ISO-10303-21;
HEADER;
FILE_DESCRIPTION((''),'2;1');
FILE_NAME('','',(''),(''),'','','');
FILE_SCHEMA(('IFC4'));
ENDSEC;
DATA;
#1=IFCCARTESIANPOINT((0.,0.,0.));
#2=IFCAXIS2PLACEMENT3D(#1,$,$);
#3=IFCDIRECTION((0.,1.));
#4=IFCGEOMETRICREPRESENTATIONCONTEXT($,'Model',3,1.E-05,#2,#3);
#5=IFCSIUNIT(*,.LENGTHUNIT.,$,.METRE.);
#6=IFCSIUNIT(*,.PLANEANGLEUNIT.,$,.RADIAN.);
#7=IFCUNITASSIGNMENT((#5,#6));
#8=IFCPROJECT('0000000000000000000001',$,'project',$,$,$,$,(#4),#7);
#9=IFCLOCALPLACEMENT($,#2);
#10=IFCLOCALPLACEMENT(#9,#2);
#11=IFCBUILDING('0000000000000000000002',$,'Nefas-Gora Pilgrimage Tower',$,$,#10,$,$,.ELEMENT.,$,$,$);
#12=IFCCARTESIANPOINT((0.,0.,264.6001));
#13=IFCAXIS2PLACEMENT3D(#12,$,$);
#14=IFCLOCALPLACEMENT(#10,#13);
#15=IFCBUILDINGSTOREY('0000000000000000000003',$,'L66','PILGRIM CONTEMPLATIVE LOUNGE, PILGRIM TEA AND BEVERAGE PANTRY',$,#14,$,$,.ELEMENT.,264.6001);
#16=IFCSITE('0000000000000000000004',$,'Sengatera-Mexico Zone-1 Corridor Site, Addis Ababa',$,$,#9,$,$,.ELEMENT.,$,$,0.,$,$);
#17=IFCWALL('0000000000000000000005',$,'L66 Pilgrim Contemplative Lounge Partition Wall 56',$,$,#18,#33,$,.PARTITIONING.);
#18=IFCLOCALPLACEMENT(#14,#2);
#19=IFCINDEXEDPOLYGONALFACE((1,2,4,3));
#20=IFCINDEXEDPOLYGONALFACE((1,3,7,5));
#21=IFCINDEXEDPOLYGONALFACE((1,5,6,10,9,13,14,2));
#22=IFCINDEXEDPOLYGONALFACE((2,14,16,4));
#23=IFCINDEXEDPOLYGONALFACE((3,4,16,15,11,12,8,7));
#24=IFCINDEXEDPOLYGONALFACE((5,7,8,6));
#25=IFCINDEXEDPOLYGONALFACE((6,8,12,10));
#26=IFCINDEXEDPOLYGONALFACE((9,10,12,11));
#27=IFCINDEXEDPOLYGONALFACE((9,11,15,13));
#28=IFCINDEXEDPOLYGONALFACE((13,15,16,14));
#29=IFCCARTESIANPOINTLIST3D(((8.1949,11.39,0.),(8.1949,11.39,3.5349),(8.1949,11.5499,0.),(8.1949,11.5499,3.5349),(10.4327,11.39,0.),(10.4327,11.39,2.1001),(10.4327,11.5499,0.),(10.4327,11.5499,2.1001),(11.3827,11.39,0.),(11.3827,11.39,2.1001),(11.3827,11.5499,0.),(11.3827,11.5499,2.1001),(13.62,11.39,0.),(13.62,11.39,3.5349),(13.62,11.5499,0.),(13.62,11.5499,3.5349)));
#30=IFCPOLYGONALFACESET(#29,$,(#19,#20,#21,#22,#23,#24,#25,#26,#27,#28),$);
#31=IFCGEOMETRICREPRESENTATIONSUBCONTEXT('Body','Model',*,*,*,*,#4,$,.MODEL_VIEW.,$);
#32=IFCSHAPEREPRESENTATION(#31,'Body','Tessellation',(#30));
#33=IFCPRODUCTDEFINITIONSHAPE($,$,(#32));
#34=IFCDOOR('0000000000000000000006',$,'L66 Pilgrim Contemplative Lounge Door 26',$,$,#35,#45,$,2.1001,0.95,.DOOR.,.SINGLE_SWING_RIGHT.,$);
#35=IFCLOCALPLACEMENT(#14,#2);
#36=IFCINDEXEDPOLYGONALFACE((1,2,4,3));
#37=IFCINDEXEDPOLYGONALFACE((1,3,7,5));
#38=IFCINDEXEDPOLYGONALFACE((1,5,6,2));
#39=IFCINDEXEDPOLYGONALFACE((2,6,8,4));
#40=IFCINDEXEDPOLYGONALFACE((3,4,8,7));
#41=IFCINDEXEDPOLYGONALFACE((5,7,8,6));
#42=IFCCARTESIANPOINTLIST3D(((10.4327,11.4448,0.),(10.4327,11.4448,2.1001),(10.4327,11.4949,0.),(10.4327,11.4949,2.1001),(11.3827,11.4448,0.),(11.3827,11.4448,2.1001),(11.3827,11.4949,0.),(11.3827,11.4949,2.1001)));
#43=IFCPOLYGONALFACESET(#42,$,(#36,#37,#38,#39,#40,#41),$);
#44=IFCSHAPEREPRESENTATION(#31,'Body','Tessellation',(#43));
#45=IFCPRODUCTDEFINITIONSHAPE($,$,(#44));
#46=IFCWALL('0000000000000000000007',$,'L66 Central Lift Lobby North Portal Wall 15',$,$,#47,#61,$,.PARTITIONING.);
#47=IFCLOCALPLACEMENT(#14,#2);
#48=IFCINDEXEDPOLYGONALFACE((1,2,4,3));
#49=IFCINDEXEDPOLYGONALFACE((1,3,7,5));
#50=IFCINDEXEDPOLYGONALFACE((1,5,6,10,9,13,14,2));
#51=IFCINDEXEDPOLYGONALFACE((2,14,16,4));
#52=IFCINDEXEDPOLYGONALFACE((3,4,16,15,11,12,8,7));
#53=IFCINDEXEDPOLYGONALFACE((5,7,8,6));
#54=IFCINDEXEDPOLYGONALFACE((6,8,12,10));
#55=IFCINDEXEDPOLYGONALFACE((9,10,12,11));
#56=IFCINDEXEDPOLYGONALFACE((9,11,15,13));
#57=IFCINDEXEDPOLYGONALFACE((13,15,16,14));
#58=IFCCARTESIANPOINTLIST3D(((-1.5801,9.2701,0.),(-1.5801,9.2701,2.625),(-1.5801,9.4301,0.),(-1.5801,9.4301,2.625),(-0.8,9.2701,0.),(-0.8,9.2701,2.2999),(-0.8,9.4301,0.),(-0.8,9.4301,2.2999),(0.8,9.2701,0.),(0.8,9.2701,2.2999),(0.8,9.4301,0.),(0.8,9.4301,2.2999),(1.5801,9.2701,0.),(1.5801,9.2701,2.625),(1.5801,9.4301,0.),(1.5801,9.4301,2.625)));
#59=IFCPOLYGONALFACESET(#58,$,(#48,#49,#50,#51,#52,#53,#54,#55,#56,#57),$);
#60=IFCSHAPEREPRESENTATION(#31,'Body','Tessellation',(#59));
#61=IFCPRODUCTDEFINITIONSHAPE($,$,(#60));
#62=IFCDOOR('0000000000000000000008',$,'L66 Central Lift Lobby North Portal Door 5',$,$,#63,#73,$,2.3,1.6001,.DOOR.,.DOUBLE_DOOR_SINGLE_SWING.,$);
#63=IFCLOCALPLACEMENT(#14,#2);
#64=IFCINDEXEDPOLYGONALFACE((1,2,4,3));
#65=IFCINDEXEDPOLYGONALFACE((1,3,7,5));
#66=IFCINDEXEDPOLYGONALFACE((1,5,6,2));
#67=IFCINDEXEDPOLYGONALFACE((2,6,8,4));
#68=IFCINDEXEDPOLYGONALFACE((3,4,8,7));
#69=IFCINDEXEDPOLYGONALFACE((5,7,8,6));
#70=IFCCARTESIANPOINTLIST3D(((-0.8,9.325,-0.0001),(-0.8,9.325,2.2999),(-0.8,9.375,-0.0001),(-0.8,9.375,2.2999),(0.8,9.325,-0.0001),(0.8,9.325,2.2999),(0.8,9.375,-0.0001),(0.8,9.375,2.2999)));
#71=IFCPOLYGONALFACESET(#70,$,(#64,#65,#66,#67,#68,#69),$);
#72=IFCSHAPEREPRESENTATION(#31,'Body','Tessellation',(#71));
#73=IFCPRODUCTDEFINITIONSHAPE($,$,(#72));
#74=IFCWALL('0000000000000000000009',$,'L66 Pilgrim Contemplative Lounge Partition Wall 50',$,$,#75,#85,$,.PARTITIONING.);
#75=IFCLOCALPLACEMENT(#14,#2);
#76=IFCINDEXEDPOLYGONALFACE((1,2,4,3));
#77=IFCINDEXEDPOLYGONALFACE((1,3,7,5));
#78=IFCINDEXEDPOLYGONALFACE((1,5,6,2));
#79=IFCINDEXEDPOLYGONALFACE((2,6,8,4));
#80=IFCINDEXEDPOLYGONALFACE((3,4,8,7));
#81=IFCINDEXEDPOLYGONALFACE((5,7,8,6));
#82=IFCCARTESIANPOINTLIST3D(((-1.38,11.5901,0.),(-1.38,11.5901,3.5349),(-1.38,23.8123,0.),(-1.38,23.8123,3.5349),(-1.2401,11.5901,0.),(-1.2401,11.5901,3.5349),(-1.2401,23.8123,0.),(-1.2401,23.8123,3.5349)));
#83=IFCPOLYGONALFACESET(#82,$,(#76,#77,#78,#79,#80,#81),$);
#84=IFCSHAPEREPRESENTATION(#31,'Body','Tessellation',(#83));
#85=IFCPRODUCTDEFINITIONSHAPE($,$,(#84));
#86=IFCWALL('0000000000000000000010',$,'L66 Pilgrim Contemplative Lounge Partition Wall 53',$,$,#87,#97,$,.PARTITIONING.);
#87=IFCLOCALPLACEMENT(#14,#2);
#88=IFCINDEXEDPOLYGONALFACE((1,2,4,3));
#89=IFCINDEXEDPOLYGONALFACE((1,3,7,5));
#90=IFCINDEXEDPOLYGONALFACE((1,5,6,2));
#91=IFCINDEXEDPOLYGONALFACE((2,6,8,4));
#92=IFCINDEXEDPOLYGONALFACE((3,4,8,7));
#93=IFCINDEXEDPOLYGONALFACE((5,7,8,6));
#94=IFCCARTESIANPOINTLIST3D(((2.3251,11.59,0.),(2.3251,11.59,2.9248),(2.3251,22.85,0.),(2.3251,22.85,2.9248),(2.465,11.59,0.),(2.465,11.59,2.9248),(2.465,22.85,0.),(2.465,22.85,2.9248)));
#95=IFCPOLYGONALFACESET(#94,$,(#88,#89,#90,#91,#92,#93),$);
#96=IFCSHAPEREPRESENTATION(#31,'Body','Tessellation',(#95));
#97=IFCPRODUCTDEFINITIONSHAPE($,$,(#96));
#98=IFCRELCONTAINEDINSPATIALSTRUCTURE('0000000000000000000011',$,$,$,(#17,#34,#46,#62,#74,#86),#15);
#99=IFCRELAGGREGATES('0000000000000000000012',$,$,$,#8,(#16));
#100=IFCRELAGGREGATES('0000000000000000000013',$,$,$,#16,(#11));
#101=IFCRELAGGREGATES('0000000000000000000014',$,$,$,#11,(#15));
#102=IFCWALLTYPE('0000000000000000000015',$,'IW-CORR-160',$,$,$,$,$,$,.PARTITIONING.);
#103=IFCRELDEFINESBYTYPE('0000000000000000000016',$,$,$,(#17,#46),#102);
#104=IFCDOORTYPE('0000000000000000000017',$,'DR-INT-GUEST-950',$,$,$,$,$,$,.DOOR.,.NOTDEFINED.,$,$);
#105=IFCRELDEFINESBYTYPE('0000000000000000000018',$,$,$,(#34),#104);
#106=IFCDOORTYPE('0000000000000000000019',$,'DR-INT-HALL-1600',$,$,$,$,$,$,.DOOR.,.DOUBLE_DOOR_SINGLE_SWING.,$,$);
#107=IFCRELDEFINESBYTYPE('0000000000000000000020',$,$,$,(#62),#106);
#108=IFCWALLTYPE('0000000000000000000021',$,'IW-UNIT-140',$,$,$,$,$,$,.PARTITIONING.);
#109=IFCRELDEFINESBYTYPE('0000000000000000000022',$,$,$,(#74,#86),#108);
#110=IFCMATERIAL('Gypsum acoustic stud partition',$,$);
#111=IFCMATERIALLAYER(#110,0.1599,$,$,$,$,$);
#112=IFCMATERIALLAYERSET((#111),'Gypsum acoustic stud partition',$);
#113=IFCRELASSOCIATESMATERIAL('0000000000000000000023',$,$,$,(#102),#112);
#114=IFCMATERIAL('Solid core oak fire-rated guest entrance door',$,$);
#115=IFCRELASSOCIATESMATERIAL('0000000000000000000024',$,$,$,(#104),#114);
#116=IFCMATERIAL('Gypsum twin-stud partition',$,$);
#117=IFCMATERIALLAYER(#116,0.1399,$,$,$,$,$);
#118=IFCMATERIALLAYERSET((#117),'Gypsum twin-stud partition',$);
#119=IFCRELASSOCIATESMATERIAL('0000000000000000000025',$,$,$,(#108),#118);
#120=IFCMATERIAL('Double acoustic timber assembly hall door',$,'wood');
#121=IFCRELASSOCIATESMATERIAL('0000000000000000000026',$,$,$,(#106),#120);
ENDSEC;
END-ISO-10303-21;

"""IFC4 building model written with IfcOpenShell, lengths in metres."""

from ifc_helpers import new_model, si_unit, direction, frame, frame_2d, origin, place, context, subcontext, project, spatial, rectangle, extrude, source, transform, mapped, material, layer, layer_set, type_object, element, fill, save


model = new_model("IFC4")

# Units and contexts
model_context = context("Model", 3, precision=1e-05, world=origin(), true_north=direction((0.0, 1.0)))
body_context = subcontext(model_context, "Body", "Model", "MODEL_VIEW")
ifc_project = project(units=[si_unit("LENGTHUNIT", "METRE"), si_unit("PLANEANGLEUNIT", "RADIAN")], contexts=[model_context])

# Site, building, storey
site_placement = place(None, origin())
site = spatial("IfcSite", under=ifc_project, at=site_placement, Name="Sengatera-Mexico Zone-1 Corridor Site, Addis Ababa", CompositionType="ELEMENT", RefElevation=0.0)
building_placement = place(site_placement, origin())
building = spatial("IfcBuilding", under=site, at=building_placement, Name="Nefas-Gora Pilgrimage Tower", CompositionType="ELEMENT")
storey_placement = place(building_placement, frame((0.0, 0.0, 264.6001)))
storey = spatial("IfcBuildingStorey", under=building, at=storey_placement, Name="L66", Description="PILGRIM CONTEMPLATIVE LOUNGE, PILGRIM TEA AND BEVERAGE PANTRY", CompositionType="ELEMENT", Elevation=264.6001)

# Shared definitions
ifc_material_1 = material(Name="Gypsum acoustic stud partition")
ifc_layer_1 = layer(ifc_material_1, 0.1599)
ifc_layer_set_1 = layer_set([ifc_layer_1], Name="Gypsum acoustic stud partition")
wall_type_1 = type_object("IfcWallType", Name="IW-CORR-160", PredefinedType="PARTITIONING", material=ifc_layer_set_1)
ifc_material_2 = material(Name="Solid core oak fire-rated guest entrance door")
door_type_1 = type_object("IfcDoorType", Name="DR-INT-GUEST-950", OperationType="NOTDEFINED", PredefinedType="DOOR", material=ifc_material_2)
shared_shape_1 = source(origin(), body_context, "Body", "SweptSolid", [
    extrude(rectangle(XDim=0.95, YDim=2.1001, at=frame_2d((0.4751, 1.05))), frame((0.0, 0.0249, 0.0), z_axis=(0.0, -1.0, 0.0), x_axis=(1.0, 0.0, 0.0)), (0.0, 0.0, 1.0), 0.05),
])

# Shared definitions
ifc_material_3 = material(Name="Gypsum twin-stud partition")
ifc_layer_2 = layer(ifc_material_3, 0.1399)
ifc_layer_set_2 = layer_set([ifc_layer_2], Name="Gypsum twin-stud partition")
wall_type_2 = type_object("IfcWallType", Name="IW-UNIT-140", PredefinedType="PARTITIONING", material=ifc_layer_set_2)

# Walls, openings, doors
shared_shape_2 = source(origin(), body_context, "Body", "SweptSolid", [
    extrude(rectangle(XDim=5.425, YDim=0.1599, at=frame_2d((2.7124, 0.0))), origin(), (0.0, 0.0, 1.0), 3.5349),
])
wall_1_placement = place(storey_placement, frame((8.1951, 11.47, 0.0), z_axis=(0.0, 0.0, 1.0), x_axis=(1.0, 0.0, 0.0)))
wall_1 = element("IfcWall", 1, at=wall_1_placement, inside=storey, type_object=wall_type_1, Name="L66 Pilgrim Contemplative Lounge Partition Wall 56", PredefinedType="PARTITIONING", context=body_context, shape_type="MappedRepresentation", body=[
    mapped(shared_shape_2, transform((0.0, 0.0, 0.0), x_axis=(1.0, 0.0, 0.0), y_axis=(0.0, 1.0, 0.0), z_axis=(0.0, 0.0, 1.0), scale=1.0)),
])
opening_1_placement = place(wall_1_placement, frame((2.2375, 0.0, 0.0)))
opening_1 = element("IfcOpeningElement", 2, at=opening_1_placement, cuts=wall_1, PredefinedType="OPENING", context=body_context, shape_type="SweptSolid", body=[
    extrude(rectangle(XDim=0.95, YDim=2.1001, at=frame_2d((0.4751, 1.05))), frame((0.0, 0.0898, 0.0), z_axis=(0.0, -1.0, 0.0), x_axis=(1.0, 0.0, 0.0)), (0.0, 0.0, 1.0), 0.1799),
])
door_1_placement = place(opening_1_placement, origin())
door_1 = element("IfcDoor", 3, at=door_1_placement, inside=storey, type_object=door_type_1, Name="L66 Pilgrim Contemplative Lounge Door 26", OperationType="SINGLE_SWING_RIGHT", OverallHeight=2.1001, OverallWidth=0.95, PredefinedType="DOOR", context=body_context, shape_type="MappedRepresentation", body=[
    mapped(shared_shape_1, transform((0.0, 0.0, 0.0), x_axis=(1.0, 0.0, 0.0), y_axis=(0.0, 1.0, 0.0), z_axis=(0.0, 0.0, 1.0), scale=1.0)),
])
fill(opening_1, door_1)
shared_shape_3 = source(origin(), body_context, "Body", "SweptSolid", [
    extrude(rectangle(XDim=3.1602, YDim=0.1599, at=frame_2d((1.5801, 0.0))), origin(), (0.0, 0.0, 1.0), 2.625),
])
wall_2_placement = place(storey_placement, frame((-1.5801, 9.3501, 0.0), z_axis=(0.0, 0.0, 1.0), x_axis=(1.0, 0.0, 0.0)))
wall_2 = element("IfcWall", 4, at=wall_2_placement, inside=storey, type_object=wall_type_1, Name="L66 Central Lift Lobby North Portal Wall 15", PredefinedType="PARTITIONING", context=body_context, shape_type="MappedRepresentation", body=[
    mapped(shared_shape_3, transform((0.0, 0.0, 0.0), x_axis=(1.0, 0.0, 0.0), y_axis=(0.0, 1.0, 0.0), z_axis=(0.0, 0.0, 1.0), scale=1.0)),
])
opening_2_placement = place(wall_2_placement, frame((0.78, 0.0, 0.0)))
opening_2 = element("IfcOpeningElement", 5, at=opening_2_placement, cuts=wall_2, PredefinedType="OPENING", context=body_context, shape_type="SweptSolid", body=[
    extrude(rectangle(XDim=1.6001, YDim=2.3, at=frame_2d((0.8, 1.1499))), frame((0.0, 0.0898, 0.0), z_axis=(0.0, -1.0, 0.0), x_axis=(1.0, 0.0, 0.0)), (0.0, 0.0, 1.0), 0.1799),
])
ifc_material_4 = material(Name="Double acoustic timber assembly hall door", Category="wood")
door_type_2 = type_object("IfcDoorType", Name="DR-INT-HALL-1600", OperationType="DOUBLE_DOOR_SINGLE_SWING", PredefinedType="DOOR", material=ifc_material_4)
shared_shape_4 = source(origin(), body_context, "Body", "SweptSolid", [
    extrude(rectangle(XDim=1.6001, YDim=2.3, at=frame_2d((0.8, 1.1499))), frame((0.0, 0.0249, 0.0), z_axis=(0.0, -1.0, 0.0), x_axis=(1.0, 0.0, 0.0)), (0.0, 0.0, 1.0), 0.05),
])
door_2_placement = place(opening_2_placement, origin())
door_2 = element("IfcDoor", 6, at=door_2_placement, inside=storey, type_object=door_type_2, Name="L66 Central Lift Lobby North Portal Door 5", OperationType="DOUBLE_DOOR_SINGLE_SWING", OverallHeight=2.3, OverallWidth=1.6001, PredefinedType="DOOR", context=body_context, shape_type="MappedRepresentation", body=[
    mapped(shared_shape_4, transform((0.0, 0.0, 0.0), x_axis=(1.0, 0.0, 0.0), y_axis=(0.0, 1.0, 0.0), z_axis=(0.0, 0.0, 1.0), scale=1.0)),
])
fill(opening_2, door_2)

# Walls
shared_shape_5 = source(origin(), body_context, "Body", "SweptSolid", [
    extrude(rectangle(XDim=12.2222, YDim=0.1399, at=frame_2d((6.1111, 0.0))), origin(), (0.0, 0.0, 1.0), 3.5349),
])
wall_3_placement = place(storey_placement, frame((-1.3101, 11.5901, 0.0), z_axis=(0.0, 0.0, 1.0), x_axis=(0.0, 1.0, 0.0)))
element("IfcWall", 7, at=wall_3_placement, inside=storey, type_object=wall_type_2, Name="L66 Pilgrim Contemplative Lounge Partition Wall 50", PredefinedType="PARTITIONING", context=body_context, shape_type="MappedRepresentation", body=[
    mapped(shared_shape_5, transform((0.0, 0.0, 0.0), x_axis=(1.0, 0.0, 0.0), y_axis=(0.0, 1.0, 0.0), z_axis=(0.0, 0.0, 1.0), scale=1.0)),
])
shared_shape_6 = source(origin(), body_context, "Body", "SweptSolid", [
    extrude(rectangle(XDim=11.26, YDim=0.1399, at=frame_2d((5.6299, 0.0))), origin(), (0.0, 0.0, 1.0), 2.9248),
])
wall_4_placement = place(storey_placement, frame((2.395, 11.5901, 0.0), z_axis=(0.0, 0.0, 1.0), x_axis=(0.0, 1.0, 0.0)))
element("IfcWall", 8, at=wall_4_placement, inside=storey, type_object=wall_type_2, Name="L66 Pilgrim Contemplative Lounge Partition Wall 53", PredefinedType="PARTITIONING", context=body_context, shape_type="MappedRepresentation", body=[
    mapped(shared_shape_6, transform((0.0, 0.0, 0.0), x_axis=(1.0, 0.0, 0.0), y_axis=(0.0, 1.0, 0.0), z_axis=(0.0, 0.0, 1.0), scale=1.0)),
])

save(model, "model.ifc")
